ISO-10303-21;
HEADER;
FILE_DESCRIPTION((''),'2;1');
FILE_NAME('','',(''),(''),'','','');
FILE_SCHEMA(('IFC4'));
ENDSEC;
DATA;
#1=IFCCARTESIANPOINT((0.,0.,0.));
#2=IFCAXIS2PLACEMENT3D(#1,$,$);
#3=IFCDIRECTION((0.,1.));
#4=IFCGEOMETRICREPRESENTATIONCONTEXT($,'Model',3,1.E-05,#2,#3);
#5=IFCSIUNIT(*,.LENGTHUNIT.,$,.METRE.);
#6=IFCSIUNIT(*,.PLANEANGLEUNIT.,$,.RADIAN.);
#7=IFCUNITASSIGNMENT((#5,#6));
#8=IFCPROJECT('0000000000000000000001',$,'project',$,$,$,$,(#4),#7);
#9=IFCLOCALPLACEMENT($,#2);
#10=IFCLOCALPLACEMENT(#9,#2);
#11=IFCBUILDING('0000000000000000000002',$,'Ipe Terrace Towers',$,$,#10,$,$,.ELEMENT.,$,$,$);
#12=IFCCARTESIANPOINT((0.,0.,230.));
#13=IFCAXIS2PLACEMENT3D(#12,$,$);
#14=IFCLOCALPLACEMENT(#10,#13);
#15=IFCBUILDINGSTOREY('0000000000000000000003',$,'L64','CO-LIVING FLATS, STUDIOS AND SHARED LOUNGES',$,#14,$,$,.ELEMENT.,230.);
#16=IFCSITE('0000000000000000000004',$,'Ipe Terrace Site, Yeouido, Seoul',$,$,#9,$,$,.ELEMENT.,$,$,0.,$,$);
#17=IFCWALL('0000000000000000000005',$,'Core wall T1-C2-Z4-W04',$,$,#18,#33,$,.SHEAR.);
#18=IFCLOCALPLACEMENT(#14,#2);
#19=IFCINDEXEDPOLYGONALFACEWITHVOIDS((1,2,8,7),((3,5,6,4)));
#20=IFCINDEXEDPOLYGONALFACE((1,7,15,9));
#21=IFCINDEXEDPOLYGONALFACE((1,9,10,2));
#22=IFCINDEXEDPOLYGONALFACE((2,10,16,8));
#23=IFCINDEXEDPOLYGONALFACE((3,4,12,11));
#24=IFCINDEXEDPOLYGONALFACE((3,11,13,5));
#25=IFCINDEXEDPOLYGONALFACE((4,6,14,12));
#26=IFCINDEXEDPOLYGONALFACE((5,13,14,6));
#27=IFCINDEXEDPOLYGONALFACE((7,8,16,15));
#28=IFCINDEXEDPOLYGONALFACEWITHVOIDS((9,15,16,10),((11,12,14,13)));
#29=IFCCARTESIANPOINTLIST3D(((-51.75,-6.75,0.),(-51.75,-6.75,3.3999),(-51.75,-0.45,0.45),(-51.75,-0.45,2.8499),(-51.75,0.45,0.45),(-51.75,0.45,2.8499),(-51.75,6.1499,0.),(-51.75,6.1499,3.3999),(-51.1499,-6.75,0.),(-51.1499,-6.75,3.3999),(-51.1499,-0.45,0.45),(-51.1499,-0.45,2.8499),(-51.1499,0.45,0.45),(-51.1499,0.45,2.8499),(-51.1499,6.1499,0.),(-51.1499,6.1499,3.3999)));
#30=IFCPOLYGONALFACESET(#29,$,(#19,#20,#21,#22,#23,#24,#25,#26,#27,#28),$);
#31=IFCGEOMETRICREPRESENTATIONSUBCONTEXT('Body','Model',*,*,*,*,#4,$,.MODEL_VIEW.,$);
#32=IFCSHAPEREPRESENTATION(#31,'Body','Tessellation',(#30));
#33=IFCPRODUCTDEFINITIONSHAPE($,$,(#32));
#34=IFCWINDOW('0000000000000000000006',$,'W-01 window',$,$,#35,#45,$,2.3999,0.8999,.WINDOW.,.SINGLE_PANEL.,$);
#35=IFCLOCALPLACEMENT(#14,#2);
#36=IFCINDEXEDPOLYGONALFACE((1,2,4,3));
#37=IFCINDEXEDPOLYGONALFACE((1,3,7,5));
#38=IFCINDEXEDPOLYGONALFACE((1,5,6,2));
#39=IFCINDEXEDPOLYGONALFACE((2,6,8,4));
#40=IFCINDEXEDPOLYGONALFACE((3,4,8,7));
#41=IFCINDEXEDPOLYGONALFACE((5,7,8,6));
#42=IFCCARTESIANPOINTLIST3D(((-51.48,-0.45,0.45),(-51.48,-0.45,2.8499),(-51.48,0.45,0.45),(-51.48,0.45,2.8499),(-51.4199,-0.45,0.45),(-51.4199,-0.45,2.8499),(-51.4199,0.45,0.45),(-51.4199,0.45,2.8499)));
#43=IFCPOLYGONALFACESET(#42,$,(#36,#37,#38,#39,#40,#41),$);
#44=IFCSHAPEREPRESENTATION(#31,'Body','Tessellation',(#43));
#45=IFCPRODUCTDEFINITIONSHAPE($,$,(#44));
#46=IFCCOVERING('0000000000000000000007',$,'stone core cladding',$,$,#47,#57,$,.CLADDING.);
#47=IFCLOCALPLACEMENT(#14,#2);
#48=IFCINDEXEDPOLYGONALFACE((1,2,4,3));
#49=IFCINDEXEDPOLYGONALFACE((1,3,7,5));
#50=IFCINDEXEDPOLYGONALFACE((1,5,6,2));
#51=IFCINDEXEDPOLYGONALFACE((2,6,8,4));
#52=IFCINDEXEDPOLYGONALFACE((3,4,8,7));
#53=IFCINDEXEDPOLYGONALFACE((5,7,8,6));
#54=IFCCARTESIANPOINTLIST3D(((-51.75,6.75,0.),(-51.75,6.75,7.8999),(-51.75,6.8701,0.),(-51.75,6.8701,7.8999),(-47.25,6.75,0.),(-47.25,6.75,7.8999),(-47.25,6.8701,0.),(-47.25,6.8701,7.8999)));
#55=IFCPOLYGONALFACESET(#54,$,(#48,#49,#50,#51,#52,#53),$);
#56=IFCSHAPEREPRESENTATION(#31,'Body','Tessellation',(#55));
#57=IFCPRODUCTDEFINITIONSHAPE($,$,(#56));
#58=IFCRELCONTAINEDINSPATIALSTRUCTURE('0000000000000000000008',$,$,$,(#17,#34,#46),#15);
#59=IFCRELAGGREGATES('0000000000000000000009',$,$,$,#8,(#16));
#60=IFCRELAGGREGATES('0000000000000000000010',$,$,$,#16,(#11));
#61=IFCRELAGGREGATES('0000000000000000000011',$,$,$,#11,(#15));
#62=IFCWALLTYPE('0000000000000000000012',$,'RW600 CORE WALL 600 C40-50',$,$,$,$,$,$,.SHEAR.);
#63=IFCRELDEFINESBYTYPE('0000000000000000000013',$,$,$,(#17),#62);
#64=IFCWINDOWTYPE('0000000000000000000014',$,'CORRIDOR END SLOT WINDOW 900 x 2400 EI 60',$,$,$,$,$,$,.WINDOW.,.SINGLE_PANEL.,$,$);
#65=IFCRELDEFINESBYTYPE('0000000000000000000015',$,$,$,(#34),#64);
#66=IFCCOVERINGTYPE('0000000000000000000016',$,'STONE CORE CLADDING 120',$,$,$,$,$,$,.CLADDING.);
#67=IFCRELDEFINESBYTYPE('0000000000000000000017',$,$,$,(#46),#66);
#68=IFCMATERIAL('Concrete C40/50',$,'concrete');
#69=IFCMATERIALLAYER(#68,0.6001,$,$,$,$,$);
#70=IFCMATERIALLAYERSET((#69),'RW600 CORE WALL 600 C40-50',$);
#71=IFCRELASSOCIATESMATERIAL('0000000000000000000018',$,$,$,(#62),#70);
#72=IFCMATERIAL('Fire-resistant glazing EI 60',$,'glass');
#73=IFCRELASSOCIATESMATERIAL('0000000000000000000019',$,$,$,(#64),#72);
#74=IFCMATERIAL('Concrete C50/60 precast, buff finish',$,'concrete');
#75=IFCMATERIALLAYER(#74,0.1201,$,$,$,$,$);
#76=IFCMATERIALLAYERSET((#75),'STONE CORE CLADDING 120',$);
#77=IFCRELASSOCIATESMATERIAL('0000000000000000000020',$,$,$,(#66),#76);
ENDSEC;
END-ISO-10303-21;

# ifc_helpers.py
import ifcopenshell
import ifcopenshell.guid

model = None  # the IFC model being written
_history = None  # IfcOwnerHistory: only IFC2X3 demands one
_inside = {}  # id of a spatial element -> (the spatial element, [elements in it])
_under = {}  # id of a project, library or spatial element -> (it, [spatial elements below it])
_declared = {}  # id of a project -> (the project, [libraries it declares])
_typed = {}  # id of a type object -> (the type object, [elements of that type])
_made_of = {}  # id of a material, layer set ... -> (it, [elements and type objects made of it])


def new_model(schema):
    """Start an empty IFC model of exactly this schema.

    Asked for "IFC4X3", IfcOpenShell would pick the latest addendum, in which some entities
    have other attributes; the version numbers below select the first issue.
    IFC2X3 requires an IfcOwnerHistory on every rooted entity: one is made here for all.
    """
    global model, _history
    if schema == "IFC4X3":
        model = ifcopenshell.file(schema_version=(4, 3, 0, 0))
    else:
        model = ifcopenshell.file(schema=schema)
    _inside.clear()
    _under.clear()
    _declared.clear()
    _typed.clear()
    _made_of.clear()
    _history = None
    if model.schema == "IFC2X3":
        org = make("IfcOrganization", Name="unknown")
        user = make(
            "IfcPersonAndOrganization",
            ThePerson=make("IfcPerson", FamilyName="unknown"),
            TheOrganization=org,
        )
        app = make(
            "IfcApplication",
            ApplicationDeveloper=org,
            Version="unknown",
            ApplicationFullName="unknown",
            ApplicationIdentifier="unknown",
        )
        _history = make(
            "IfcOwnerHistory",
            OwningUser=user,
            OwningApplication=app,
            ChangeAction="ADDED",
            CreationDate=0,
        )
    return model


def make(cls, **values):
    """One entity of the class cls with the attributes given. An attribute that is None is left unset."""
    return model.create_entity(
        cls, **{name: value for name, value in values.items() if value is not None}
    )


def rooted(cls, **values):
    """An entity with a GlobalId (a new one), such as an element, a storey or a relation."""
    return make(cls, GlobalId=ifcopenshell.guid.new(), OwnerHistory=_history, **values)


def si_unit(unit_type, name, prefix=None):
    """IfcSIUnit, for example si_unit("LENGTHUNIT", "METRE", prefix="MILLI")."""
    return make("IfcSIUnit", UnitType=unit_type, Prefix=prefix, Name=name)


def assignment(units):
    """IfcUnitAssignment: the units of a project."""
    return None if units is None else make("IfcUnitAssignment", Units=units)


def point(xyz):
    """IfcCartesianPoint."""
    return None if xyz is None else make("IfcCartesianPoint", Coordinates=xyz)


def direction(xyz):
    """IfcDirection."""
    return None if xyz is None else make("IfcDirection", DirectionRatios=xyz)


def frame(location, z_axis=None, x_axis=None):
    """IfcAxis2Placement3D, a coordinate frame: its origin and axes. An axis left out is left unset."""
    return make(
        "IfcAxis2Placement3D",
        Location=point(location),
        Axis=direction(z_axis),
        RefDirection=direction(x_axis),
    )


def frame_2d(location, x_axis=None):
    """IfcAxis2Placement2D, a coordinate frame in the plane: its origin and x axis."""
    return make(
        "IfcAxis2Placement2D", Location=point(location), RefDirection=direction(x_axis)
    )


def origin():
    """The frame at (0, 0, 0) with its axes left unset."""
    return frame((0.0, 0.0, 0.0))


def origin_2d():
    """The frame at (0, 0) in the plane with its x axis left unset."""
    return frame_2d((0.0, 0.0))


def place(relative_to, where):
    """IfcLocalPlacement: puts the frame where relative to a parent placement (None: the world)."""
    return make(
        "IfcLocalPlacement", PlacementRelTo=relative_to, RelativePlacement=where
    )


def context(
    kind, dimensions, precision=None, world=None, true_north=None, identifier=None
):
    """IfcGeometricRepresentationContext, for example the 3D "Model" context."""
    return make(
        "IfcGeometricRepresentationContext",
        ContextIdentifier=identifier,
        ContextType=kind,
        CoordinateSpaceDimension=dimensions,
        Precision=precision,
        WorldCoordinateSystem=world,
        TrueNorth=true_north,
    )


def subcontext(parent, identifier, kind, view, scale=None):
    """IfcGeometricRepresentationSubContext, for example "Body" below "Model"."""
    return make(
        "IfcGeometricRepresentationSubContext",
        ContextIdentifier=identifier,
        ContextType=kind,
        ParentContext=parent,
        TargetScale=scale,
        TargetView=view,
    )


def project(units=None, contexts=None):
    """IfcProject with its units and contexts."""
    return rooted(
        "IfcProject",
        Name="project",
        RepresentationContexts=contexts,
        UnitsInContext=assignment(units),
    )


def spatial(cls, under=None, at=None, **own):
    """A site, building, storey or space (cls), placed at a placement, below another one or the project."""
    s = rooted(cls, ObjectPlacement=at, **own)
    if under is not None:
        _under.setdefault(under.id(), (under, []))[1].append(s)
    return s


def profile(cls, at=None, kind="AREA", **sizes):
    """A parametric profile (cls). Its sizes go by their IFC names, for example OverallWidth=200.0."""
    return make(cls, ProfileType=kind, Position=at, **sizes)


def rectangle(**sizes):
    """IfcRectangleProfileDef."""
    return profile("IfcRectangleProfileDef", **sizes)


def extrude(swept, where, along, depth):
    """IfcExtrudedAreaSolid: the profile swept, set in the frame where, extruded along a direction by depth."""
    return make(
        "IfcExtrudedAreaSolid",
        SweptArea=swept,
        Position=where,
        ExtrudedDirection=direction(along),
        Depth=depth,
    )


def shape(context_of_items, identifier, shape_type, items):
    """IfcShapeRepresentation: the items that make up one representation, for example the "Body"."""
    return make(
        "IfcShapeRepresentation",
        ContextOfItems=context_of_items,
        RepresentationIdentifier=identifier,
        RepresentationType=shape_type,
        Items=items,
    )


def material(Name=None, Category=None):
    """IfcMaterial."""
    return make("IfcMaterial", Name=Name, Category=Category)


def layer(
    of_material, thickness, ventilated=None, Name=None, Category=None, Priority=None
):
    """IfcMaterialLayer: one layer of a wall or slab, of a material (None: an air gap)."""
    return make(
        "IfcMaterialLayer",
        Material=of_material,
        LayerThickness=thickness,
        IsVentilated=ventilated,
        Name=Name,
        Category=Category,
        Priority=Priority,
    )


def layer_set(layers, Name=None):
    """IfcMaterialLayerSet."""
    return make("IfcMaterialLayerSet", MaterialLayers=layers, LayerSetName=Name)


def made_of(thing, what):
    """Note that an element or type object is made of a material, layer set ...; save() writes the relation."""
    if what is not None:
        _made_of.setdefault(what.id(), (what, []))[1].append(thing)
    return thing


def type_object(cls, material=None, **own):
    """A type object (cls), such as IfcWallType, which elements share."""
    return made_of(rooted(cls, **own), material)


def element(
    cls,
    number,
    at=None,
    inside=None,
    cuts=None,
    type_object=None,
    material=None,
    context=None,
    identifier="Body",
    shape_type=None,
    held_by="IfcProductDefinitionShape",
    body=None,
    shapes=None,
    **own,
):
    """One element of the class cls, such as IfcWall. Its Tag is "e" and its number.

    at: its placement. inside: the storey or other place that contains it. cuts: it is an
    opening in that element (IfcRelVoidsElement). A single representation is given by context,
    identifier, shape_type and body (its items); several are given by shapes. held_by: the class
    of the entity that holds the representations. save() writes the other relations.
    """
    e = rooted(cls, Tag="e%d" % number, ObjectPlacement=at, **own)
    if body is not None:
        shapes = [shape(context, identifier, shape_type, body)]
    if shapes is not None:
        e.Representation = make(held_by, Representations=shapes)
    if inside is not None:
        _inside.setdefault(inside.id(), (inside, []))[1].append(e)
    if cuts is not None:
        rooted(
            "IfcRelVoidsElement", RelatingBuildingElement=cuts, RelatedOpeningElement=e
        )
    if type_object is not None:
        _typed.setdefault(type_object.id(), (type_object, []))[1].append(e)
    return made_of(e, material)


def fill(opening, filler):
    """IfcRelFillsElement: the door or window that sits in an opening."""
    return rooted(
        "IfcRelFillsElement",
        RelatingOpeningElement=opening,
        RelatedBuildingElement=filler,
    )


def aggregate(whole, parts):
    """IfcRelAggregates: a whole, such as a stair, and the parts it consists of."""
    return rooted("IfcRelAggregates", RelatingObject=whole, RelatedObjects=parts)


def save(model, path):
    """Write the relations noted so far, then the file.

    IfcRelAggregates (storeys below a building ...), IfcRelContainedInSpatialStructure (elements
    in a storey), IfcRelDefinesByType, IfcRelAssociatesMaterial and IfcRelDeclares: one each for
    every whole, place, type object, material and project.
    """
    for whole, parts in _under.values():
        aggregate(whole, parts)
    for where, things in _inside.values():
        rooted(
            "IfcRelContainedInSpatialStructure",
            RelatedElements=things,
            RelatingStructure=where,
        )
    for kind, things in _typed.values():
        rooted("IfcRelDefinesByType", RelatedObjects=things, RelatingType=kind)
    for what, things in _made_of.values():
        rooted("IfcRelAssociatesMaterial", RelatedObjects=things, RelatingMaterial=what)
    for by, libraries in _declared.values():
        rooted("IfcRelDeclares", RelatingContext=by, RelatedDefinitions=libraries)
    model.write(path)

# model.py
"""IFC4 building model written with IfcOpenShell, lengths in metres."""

from ifc_helpers import new_model, si_unit, direction, frame, frame_2d, origin, origin_2d, place, context, subcontext, project, spatial, rectangle, extrude, material, layer, layer_set, type_object, element, fill, save


model = new_model("IFC4")

# Units and contexts
model_context = context("Model", 3, precision=1e-05, world=origin(), true_north=direction((0.0, 1.0)))
body_context = subcontext(model_context, "Body", "Model", "MODEL_VIEW")
ifc_project = project(units=[si_unit("LENGTHUNIT", "METRE"), si_unit("PLANEANGLEUNIT", "RADIAN")], contexts=[model_context])

# Site, building, storey
site_placement = place(None, origin())
site = spatial("IfcSite", under=ifc_project, at=site_placement, Name="Ipe Terrace Site, Yeouido, Seoul", CompositionType="ELEMENT", RefElevation=0.0)
building_placement = place(site_placement, origin())
building = spatial("IfcBuilding", under=site, at=building_placement, Name="Ipe Terrace Towers", CompositionType="ELEMENT")
storey_placement = place(building_placement, frame((0.0, 0.0, 230.0)))
storey = spatial("IfcBuildingStorey", under=building, at=storey_placement, Name="L64", Description="CO-LIVING FLATS, STUDIOS AND SHARED LOUNGES", CompositionType="ELEMENT", Elevation=230.0)

# Shared definitions
ifc_material_1 = material(Name="Concrete C40/50", Category="concrete")
ifc_layer_1 = layer(ifc_material_1, 0.6001)
ifc_layer_set_1 = layer_set([ifc_layer_1], Name="RW600 CORE WALL 600 C40-50")
wall_type_1 = type_object("IfcWallType", Name="RW600 CORE WALL 600 C40-50", PredefinedType="SHEAR", material=ifc_layer_set_1)

# Wall, opening, window
wall_1_placement = place(storey_placement, frame((-51.45, 6.1499, 0.0), z_axis=(0.0, 0.0, 1.0), x_axis=(0.0, -1.0, 0.0)))
wall_1 = element("IfcWall", 1, at=wall_1_placement, inside=storey, type_object=wall_type_1, Name="Core wall T1-C2-Z4-W04", PredefinedType="SHEAR", context=body_context, shape_type="SweptSolid", body=[
    extrude(rectangle(XDim=12.8999, YDim=0.6001, at=frame_2d((6.45, 0.0))), origin(), (0.0, 0.0, 1.0), 3.3999),
])
opening_1_placement = place(wall_1_placement, frame((5.7, 0.0, 0.45)))
opening_1 = element("IfcOpeningElement", 2, at=opening_1_placement, cuts=wall_1, PredefinedType="OPENING", context=body_context, shape_type="SweptSolid", body=[
    extrude(rectangle(XDim=0.8999, YDim=2.3999, at=frame_2d((0.45, 1.2))), frame((0.0, 0.3101, 0.0), z_axis=(0.0, -1.0, 0.0), x_axis=(1.0, 0.0, 0.0)), (0.0, 0.0, 1.0), 0.6201),
])
ifc_material_2 = material(Name="Fire-resistant glazing EI 60", Category="glass")
window_type = type_object("IfcWindowType", Name="CORRIDOR END SLOT WINDOW 900 x 2400 EI 60", PartitioningType="SINGLE_PANEL", PredefinedType="WINDOW", material=ifc_material_2)
window_placement = place(opening_1_placement, origin())
window = element("IfcWindow", 3, at=window_placement, inside=storey, type_object=window_type, Name="W-01 window", OverallHeight=2.3999, OverallWidth=0.8999, PartitioningType="SINGLE_PANEL", PredefinedType="WINDOW", context=body_context, shape_type="SweptSolid", body=[
    extrude(rectangle(XDim=0.8999, YDim=2.3999, at=frame_2d((0.45, 1.2))), frame((0.0, 0.03, 0.0), z_axis=(0.0, -1.0, 0.0), x_axis=(1.0, 0.0, 0.0)), (0.0, 0.0, 1.0), 0.0601),
])
fill(opening_1, window)

# Covering
ifc_material_3 = material(Name="Concrete C50/60 precast, buff finish", Category="concrete")
ifc_layer_2 = layer(ifc_material_3, 0.1201)
ifc_layer_set_2 = layer_set([ifc_layer_2], Name="STONE CORE CLADDING 120")
covering_type = type_object("IfcCoveringType", Name="STONE CORE CLADDING 120", PredefinedType="CLADDING", material=ifc_layer_set_2)
covering_placement = place(storey_placement, frame((-49.5, 6.8101, 0.0), z_axis=(0.0, 0.0, 1.0), x_axis=(-1.0, 0.0, 0.0)))
element("IfcCovering", 4, at=covering_placement, inside=storey, type_object=covering_type, Name="stone core cladding", PredefinedType="CLADDING", context=body_context, shape_type="SweptSolid", body=[
    extrude(rectangle(XDim=4.5, YDim=0.1201, at=origin_2d()), origin(), (0.0, 0.0, 1.0), 7.8999),
])

save(model, "model.ifc")
